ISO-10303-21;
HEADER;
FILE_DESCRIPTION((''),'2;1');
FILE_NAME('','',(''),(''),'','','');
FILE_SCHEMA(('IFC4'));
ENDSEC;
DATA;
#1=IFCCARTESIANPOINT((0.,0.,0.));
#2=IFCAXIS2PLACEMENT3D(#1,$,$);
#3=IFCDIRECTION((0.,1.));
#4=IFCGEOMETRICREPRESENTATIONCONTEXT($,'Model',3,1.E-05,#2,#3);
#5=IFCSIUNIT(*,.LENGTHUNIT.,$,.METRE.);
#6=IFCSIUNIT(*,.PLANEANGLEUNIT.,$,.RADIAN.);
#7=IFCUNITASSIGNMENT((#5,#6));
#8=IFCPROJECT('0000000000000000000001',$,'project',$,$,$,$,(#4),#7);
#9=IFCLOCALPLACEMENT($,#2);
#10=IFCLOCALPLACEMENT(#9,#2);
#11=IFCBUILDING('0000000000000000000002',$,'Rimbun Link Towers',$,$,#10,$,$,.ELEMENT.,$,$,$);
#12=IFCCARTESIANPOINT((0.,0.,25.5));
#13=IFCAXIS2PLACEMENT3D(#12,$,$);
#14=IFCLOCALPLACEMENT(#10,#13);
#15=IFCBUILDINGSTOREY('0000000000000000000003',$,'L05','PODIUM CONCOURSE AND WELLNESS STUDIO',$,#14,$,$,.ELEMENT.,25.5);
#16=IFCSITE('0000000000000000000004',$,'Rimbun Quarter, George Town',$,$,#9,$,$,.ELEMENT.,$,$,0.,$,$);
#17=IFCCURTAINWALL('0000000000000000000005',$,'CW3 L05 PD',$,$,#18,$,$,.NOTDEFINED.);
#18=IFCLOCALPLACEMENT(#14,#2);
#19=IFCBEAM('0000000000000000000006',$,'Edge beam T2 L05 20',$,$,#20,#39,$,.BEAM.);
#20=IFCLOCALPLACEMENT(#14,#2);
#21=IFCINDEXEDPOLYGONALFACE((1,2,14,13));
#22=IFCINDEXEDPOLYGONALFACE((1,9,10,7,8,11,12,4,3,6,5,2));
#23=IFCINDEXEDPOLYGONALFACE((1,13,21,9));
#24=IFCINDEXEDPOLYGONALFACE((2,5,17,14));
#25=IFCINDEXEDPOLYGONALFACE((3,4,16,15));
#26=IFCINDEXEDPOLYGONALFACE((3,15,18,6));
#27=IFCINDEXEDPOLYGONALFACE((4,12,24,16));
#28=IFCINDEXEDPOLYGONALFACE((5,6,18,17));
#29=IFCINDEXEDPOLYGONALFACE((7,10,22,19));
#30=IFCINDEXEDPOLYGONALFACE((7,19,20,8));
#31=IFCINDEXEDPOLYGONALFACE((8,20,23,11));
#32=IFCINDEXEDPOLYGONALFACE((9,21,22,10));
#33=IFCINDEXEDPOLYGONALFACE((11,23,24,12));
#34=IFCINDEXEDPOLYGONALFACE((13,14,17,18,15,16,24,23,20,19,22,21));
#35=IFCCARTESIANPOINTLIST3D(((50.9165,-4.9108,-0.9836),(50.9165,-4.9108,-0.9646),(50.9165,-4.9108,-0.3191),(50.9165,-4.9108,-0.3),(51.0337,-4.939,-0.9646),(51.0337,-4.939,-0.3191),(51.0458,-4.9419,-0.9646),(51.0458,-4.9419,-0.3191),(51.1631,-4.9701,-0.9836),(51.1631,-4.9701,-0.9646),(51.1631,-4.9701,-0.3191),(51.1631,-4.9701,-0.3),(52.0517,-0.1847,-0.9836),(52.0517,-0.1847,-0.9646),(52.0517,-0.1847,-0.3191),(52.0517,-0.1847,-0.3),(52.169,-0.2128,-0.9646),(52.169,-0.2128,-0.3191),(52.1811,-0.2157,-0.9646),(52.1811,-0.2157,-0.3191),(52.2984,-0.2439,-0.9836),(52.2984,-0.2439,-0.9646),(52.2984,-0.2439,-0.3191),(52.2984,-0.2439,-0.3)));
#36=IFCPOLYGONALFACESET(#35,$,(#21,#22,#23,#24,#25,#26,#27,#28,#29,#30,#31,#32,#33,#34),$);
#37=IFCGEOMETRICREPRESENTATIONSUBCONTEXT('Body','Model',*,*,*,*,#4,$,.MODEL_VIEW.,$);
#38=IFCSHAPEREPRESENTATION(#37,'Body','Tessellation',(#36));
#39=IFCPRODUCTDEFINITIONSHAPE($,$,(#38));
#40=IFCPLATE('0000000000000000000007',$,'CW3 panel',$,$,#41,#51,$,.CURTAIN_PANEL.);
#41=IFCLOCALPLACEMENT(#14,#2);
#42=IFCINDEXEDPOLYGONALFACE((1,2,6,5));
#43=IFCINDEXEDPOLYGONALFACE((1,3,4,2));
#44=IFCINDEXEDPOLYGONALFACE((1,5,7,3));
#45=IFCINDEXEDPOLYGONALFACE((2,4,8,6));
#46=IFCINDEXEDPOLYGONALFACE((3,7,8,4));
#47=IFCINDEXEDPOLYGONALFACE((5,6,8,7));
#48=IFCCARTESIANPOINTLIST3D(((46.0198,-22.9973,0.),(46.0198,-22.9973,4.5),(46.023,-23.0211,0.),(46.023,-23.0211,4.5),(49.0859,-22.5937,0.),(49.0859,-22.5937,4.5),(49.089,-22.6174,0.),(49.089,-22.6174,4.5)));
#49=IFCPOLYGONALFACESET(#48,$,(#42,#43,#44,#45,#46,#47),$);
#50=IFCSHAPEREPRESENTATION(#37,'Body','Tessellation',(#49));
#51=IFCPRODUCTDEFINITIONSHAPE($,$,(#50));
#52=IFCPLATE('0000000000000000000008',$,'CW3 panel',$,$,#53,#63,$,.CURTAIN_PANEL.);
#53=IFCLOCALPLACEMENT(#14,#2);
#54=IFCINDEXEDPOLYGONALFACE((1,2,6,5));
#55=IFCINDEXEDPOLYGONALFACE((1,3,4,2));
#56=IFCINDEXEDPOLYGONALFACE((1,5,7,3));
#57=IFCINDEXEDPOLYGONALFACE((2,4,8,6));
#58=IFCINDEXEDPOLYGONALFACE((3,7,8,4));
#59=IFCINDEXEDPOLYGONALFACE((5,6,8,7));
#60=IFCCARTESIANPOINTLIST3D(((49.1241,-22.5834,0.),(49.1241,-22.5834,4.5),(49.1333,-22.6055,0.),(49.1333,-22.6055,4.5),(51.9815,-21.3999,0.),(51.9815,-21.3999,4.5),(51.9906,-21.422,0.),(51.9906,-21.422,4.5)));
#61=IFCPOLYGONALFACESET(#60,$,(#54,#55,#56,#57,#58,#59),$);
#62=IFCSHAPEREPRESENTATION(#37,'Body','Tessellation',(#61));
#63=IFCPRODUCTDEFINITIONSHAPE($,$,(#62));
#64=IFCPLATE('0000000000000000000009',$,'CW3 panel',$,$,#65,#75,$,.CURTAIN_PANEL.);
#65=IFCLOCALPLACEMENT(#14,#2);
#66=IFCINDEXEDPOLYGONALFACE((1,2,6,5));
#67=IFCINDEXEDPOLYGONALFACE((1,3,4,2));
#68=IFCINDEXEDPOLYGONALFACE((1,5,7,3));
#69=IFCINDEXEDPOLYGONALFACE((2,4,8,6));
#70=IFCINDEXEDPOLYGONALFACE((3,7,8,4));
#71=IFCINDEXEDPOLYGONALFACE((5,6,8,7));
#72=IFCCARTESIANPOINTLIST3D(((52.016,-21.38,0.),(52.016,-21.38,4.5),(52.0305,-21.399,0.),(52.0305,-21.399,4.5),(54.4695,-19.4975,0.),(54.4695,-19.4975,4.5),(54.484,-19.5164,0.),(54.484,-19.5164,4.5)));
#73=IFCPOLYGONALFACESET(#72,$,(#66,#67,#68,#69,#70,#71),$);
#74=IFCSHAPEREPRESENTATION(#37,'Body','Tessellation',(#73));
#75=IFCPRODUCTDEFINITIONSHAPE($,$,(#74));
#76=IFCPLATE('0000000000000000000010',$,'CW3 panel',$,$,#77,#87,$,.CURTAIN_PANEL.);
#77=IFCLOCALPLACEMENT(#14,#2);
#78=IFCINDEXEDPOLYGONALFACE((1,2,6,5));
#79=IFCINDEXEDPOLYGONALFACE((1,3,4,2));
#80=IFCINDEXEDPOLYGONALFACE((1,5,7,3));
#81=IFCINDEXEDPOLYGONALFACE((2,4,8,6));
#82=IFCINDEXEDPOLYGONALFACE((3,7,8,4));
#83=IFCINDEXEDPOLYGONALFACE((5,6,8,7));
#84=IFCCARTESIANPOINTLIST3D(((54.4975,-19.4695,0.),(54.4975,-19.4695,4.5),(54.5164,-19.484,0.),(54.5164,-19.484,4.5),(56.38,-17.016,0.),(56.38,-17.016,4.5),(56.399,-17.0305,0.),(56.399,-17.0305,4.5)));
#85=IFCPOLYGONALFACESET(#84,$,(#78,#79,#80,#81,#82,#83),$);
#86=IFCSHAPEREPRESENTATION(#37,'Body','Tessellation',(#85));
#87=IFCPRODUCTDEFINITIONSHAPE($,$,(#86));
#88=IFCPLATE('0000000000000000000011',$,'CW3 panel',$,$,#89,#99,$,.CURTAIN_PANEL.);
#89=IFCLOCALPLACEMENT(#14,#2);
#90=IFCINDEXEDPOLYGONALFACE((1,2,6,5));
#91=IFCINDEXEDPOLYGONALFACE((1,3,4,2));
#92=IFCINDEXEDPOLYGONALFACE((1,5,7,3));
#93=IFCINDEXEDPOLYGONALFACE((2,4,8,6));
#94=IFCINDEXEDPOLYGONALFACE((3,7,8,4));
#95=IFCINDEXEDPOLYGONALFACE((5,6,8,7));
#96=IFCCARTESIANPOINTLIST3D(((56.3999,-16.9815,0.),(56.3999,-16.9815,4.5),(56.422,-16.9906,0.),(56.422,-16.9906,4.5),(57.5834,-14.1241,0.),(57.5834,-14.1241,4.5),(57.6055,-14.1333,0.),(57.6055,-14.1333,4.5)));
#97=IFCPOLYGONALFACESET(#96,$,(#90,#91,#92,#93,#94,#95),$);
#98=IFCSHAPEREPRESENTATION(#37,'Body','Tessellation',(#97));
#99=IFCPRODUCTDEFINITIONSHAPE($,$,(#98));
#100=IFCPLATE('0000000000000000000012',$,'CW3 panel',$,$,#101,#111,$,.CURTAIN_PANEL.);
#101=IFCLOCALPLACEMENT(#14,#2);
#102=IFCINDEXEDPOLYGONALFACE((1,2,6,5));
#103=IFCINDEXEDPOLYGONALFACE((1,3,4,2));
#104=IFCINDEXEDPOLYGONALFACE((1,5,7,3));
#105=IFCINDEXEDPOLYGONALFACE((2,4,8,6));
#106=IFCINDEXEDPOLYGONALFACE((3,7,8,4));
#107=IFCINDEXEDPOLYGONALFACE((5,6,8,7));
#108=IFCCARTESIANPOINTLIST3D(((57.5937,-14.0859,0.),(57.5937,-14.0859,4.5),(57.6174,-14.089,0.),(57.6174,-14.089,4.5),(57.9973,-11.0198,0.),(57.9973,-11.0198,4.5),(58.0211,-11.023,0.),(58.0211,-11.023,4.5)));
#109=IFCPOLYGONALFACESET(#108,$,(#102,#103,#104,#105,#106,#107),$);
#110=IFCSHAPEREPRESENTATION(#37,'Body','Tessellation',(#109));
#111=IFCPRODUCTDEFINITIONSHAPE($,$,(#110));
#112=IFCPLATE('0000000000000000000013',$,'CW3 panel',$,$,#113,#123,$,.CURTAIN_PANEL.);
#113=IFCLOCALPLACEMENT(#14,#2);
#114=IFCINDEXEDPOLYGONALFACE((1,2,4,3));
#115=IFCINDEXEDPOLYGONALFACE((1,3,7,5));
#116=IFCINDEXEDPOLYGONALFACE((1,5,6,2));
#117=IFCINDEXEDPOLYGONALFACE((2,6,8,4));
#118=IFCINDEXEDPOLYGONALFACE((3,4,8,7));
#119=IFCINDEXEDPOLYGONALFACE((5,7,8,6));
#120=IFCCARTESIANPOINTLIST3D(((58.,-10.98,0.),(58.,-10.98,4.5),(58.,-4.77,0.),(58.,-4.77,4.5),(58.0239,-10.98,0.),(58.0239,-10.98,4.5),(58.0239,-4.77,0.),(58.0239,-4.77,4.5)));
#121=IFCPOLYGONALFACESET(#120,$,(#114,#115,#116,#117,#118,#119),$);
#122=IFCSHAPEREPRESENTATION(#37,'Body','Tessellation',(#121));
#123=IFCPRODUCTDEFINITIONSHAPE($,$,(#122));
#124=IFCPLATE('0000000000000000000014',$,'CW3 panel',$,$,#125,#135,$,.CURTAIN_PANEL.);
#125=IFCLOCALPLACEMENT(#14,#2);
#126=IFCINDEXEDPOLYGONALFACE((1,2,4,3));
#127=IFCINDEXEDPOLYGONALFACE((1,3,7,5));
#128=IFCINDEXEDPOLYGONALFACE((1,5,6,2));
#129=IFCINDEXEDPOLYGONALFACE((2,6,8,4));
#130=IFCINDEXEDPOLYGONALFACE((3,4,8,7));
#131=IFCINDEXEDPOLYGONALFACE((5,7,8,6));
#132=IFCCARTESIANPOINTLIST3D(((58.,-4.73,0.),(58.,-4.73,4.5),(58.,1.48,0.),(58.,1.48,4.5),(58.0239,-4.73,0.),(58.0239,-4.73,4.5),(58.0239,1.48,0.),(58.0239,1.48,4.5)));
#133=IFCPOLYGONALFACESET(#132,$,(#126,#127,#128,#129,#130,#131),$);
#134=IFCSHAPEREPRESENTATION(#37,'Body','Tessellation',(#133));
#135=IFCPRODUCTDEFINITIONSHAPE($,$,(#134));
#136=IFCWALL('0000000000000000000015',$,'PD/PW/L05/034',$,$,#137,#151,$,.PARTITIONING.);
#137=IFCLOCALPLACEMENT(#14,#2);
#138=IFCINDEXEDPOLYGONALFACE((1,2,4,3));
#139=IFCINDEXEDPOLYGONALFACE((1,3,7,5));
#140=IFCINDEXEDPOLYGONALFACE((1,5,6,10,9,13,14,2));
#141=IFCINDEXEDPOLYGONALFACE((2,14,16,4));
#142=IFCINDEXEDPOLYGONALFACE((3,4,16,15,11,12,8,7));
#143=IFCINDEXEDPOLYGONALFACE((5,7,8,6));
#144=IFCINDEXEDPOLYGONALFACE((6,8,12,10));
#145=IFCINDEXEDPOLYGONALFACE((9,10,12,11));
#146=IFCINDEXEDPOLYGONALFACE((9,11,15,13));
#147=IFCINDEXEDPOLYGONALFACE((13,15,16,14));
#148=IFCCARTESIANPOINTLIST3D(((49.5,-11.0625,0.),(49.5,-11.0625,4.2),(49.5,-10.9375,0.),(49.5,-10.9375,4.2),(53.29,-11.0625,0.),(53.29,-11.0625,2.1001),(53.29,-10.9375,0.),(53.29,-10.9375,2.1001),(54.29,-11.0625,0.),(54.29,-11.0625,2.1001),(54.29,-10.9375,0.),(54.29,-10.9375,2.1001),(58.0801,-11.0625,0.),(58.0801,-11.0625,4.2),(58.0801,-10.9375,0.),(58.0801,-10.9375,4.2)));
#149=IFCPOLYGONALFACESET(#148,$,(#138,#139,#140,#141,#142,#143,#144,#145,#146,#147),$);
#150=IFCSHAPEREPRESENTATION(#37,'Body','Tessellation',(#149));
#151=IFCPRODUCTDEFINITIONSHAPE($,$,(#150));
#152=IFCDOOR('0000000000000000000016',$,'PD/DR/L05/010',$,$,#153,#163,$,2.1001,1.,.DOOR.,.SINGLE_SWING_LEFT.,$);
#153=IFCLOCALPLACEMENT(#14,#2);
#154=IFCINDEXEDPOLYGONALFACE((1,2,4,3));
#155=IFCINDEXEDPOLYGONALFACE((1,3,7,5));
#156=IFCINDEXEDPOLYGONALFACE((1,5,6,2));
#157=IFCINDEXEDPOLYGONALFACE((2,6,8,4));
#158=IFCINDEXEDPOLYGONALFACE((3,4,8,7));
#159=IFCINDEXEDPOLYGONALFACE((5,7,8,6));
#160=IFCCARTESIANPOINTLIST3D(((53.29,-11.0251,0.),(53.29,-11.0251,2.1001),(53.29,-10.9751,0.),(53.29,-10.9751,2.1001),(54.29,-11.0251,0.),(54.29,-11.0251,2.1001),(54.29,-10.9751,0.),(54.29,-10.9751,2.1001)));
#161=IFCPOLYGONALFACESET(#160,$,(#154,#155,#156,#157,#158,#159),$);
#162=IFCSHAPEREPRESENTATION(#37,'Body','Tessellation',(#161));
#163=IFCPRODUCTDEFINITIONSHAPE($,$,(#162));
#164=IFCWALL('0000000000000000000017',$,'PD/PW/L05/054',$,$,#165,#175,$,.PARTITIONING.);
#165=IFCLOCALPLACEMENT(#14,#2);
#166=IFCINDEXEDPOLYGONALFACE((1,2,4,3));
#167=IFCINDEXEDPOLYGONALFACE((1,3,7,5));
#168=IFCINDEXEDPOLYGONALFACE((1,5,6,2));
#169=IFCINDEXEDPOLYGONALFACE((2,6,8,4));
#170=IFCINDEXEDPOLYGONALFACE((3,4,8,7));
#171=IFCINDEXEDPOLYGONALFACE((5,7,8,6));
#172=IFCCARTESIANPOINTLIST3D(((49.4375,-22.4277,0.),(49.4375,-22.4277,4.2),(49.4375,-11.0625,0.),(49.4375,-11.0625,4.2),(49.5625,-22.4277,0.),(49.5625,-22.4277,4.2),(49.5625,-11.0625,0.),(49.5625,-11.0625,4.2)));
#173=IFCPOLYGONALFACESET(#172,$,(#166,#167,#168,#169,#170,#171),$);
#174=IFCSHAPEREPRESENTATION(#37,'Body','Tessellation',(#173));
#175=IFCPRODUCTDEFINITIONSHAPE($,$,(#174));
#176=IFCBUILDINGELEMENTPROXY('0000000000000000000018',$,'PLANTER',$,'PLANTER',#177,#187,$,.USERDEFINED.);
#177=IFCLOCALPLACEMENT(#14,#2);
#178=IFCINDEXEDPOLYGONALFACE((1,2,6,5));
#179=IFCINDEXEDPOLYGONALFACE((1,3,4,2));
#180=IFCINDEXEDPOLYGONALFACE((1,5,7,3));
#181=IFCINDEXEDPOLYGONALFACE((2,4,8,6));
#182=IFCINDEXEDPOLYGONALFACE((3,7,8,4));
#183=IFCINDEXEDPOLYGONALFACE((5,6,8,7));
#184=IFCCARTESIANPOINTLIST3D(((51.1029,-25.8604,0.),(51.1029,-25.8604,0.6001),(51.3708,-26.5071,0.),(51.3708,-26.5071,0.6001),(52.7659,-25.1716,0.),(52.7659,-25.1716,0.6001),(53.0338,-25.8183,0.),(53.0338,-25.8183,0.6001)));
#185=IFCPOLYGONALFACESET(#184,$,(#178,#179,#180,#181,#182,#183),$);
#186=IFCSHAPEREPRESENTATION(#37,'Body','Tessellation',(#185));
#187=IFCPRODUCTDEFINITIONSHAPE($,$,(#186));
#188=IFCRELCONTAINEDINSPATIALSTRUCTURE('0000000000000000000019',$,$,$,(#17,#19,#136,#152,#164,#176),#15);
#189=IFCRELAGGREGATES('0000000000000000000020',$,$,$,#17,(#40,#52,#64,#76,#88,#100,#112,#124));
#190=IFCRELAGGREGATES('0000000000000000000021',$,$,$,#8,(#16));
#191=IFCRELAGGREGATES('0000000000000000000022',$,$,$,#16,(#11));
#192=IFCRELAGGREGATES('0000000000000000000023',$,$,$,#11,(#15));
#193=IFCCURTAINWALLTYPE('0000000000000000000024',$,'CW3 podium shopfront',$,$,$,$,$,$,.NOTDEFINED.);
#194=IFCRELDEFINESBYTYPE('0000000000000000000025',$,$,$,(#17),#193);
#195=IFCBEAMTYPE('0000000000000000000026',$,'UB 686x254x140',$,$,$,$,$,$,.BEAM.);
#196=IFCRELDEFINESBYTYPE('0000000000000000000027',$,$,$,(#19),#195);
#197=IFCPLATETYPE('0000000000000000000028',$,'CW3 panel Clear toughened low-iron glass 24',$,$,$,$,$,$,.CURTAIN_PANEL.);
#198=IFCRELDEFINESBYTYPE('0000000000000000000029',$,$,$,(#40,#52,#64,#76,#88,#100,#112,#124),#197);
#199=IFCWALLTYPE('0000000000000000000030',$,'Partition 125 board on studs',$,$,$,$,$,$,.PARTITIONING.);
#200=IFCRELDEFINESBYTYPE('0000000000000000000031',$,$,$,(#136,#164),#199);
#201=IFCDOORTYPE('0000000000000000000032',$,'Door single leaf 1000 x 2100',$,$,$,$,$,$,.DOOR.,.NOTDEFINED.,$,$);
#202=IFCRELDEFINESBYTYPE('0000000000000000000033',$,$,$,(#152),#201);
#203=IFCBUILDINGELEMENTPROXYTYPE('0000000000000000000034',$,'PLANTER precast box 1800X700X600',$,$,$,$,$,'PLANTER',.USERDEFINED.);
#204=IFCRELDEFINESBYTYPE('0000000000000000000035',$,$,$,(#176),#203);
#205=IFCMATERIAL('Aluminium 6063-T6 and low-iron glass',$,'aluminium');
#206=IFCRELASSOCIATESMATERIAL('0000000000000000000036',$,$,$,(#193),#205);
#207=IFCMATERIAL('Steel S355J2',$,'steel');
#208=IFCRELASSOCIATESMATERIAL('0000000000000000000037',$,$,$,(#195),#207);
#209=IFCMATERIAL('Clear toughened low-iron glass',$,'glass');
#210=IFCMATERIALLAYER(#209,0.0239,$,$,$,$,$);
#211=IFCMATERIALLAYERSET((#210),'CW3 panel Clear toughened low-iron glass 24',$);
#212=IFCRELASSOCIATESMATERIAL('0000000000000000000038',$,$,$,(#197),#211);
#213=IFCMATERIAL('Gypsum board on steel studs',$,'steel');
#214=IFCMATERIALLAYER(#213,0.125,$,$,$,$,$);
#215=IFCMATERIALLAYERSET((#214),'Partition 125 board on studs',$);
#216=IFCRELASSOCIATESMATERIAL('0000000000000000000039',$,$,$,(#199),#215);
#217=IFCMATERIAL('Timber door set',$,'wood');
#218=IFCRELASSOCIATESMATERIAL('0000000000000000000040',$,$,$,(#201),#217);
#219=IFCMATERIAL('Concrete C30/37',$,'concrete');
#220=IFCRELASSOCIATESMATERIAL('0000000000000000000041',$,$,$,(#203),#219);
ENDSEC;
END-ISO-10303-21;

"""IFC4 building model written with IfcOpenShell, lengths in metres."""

from ifc_helpers import new_model, si_unit, direction, frame, frame_2d, origin, origin_2d, place, context, subcontext, project, spatial, rectangle, i_section, extrude, material, layer, layer_set, material_profile, profile_set, type_object, element, fill, aggregate, save


model = new_model("IFC4")

# Units and contexts
model_context = context("Model", 3, precision=1e-05, world=origin(), true_north=direction((0.0, 1.0)))
body_context = subcontext(model_context, "Body", "Model", "MODEL_VIEW")
ifc_project = project(units=[si_unit("LENGTHUNIT", "METRE"), si_unit("PLANEANGLEUNIT", "RADIAN")], contexts=[model_context])

# Site, building, storey
site_placement = place(None, origin())
site = spatial("IfcSite", under=ifc_project, at=site_placement, Name="Rimbun Quarter, George Town", CompositionType="ELEMENT", RefElevation=0.0)
building_placement = place(site_placement, origin())
building = spatial("IfcBuilding", under=site, at=building_placement, Name="Rimbun Link Towers", CompositionType="ELEMENT")
storey_placement = place(building_placement, frame((0.0, 0.0, 25.5)))
storey = spatial("IfcBuildingStorey", under=building, at=storey_placement, Name="L05", Description="PODIUM CONCOURSE AND WELLNESS STUDIO", CompositionType="ELEMENT", Elevation=25.5)

# Curtain wall
ifc_material_1 = material(Name="Aluminium 6063-T6 and low-iron glass", Category="aluminium")
curtain_wall_type = type_object("IfcCurtainWallType", Name="CW3 podium shopfront", PredefinedType="NOTDEFINED", material=ifc_material_1)
curtain_wall_placement = place(storey_placement, origin())
curtain_wall = element("IfcCurtainWall", 1, at=curtain_wall_placement, inside=storey, type_object=curtain_wall_type, Name="CW3 L05 PD", PredefinedType="NOTDEFINED")

# Beam
ifc_material_2 = material(Name="Steel S355J2", Category="steel")
ifc_material_profile_1 = material_profile(ifc_material_2, i_section(OverallWidth=0.2537, OverallDepth=0.6836, WebThickness=0.0125, FlangeThickness=0.019, at=origin_2d()), Name="UB 686x254x140")
ifc_profile_set_1 = profile_set([ifc_material_profile_1], Name="Steel S355J2")
beam_type_1 = type_object("IfcBeamType", Name="UB 686x254x140", PredefinedType="BEAM", material=ifc_profile_set_1)
beam_1_placement = place(storey_placement, frame((51.0398, -4.9404, -0.6418), z_axis=(0.233567, 0.972341, 0.0), x_axis=(-0.972341, 0.233567, 0.0)))
element("IfcBeam", 2, at=beam_1_placement, inside=storey, type_object=beam_type_1, Name="Edge beam T2 L05 20", PredefinedType="BEAM", context=body_context, shape_type="SweptSolid", body=[
    extrude(i_section(OverallWidth=0.2537, OverallDepth=0.6836, WebThickness=0.0125, FlangeThickness=0.019, at=origin_2d()), origin(), (0.0, 0.0, 1.0), 4.8606),
])

# Plates
ifc_material_3 = material(Name="Clear toughened low-iron glass", Category="glass")
ifc_layer_1 = layer(ifc_material_3, 0.0239)
ifc_layer_set_1 = layer_set([ifc_layer_1], Name="CW3 panel Clear toughened low-iron glass 24")
plate_type = type_object("IfcPlateType", Name="CW3 panel Clear toughened low-iron glass 24", PredefinedType="CURTAIN_PANEL", material=ifc_layer_set_1)
plate_1_placement = place(storey_placement, frame((47.5544, -22.8074, 0.0), z_axis=(0.0, 0.0, 1.0), x_axis=(-0.991444, -0.13053, 0.0)))
plate_1 = element("IfcPlate", 3, at=plate_1_placement, type_object=plate_type, Name="CW3 panel", PredefinedType="CURTAIN_PANEL", context=body_context, shape_type="SweptSolid", body=[
    extrude(rectangle(XDim=3.0925, YDim=0.0239, at=origin_2d()), origin(), (0.0, 0.0, 1.0), 4.5),
])
plate_2_placement = place(storey_placement, frame((50.5574, -22.0027, 0.0), z_axis=(0.0, 0.0, 1.0), x_axis=(-0.923881, -0.382679, 0.0)))
plate_2 = element("IfcPlate", 4, at=plate_2_placement, type_object=plate_type, Name="CW3 panel", PredefinedType="CURTAIN_PANEL", context=body_context, shape_type="SweptSolid", body=[
    extrude(rectangle(XDim=3.0928, YDim=0.0239, at=origin_2d()), origin(), (0.0, 0.0, 1.0), 4.5),
])
plate_3_placement = place(storey_placement, frame((53.25, -20.4482, 0.0), z_axis=(0.0, 0.0, 1.0), x_axis=(-0.793359, -0.608754, 0.0)))
plate_3 = element("IfcPlate", 5, at=plate_3_placement, type_object=plate_type, Name="CW3 panel", PredefinedType="CURTAIN_PANEL", context=body_context, shape_type="SweptSolid", body=[
    extrude(rectangle(XDim=3.0925, YDim=0.0239, at=origin_2d()), origin(), (0.0, 0.0, 1.0), 4.5),
])
plate_4_placement = place(storey_placement, frame((55.4482, -18.25, 0.0), z_axis=(0.0, 0.0, 1.0), x_axis=(-0.608754, -0.793359, 0.0)))
plate_4 = element("IfcPlate", 6, at=plate_4_placement, type_object=plate_type, Name="CW3 panel", PredefinedType="CURTAIN_PANEL", context=body_context, shape_type="SweptSolid", body=[
    extrude(rectangle(XDim=3.0925, YDim=0.0239, at=origin_2d()), origin(), (0.0, 0.0, 1.0), 4.5),
])
plate_5_placement = place(storey_placement, frame((57.0027, -15.5574, 0.0), z_axis=(0.0, 0.0, 1.0), x_axis=(-0.382679, -0.923881, 0.0)))
plate_5 = element("IfcPlate", 7, at=plate_5_placement, type_object=plate_type, Name="CW3 panel", PredefinedType="CURTAIN_PANEL", context=body_context, shape_type="SweptSolid", body=[
    extrude(rectangle(XDim=3.0928, YDim=0.0239, at=origin_2d()), origin(), (0.0, 0.0, 1.0), 4.5),
])
plate_6_placement = place(storey_placement, frame((57.8074, -12.5544, 0.0), z_axis=(0.0, 0.0, 1.0), x_axis=(-0.13053, -0.991444, 0.0)))
plate_6 = element("IfcPlate", 8, at=plate_6_placement, type_object=plate_type, Name="CW3 panel", PredefinedType="CURTAIN_PANEL", context=body_context, shape_type="SweptSolid", body=[
    extrude(rectangle(XDim=3.0925, YDim=0.0239, at=origin_2d()), origin(), (0.0, 0.0, 1.0), 4.5),
])
plate_7_placement = place(storey_placement, frame((58.012, -7.875, 0.0), z_axis=(0.0, 0.0, 1.0), x_axis=(0.0, -1.0, 0.0)))
plate_7 = element("IfcPlate", 9, at=plate_7_placement, type_object=plate_type, Name="CW3 panel", PredefinedType="CURTAIN_PANEL", context=body_context, shape_type="SweptSolid", body=[
    extrude(rectangle(XDim=6.21, YDim=0.0239, at=origin_2d()), origin(), (0.0, 0.0, 1.0), 4.5),
])
plate_8_placement = place(storey_placement, frame((58.012, -1.625, 0.0), z_axis=(0.0, 0.0, 1.0), x_axis=(0.0, -1.0, 0.0)))
plate_8 = element("IfcPlate", 10, at=plate_8_placement, type_object=plate_type, Name="CW3 panel", PredefinedType="CURTAIN_PANEL", context=body_context, shape_type="SweptSolid", body=[
    extrude(rectangle(XDim=6.21, YDim=0.0239, at=origin_2d()), origin(), (0.0, 0.0, 1.0), 4.5),
])
aggregate(curtain_wall, [plate_1, plate_2, plate_3, plate_4, plate_5, plate_6, plate_7, plate_8])

# Wall, opening, door
ifc_material_4 = material(Name="Gypsum board on steel studs", Category="steel")
ifc_layer_2 = layer(ifc_material_4, 0.125)
ifc_layer_set_2 = layer_set([ifc_layer_2], Name="Partition 125 board on studs")
wall_type = type_object("IfcWallType", Name="Partition 125 board on studs", PredefinedType="PARTITIONING", material=ifc_layer_set_2)
wall_1_placement = place(storey_placement, frame((49.5, -11.0, 0.0), z_axis=(0.0, 0.0, 1.0), x_axis=(1.0, 0.0, 0.0)))
wall_1 = element("IfcWall", 11, at=wall_1_placement, inside=storey, type_object=wall_type, Name="PD/PW/L05/034", PredefinedType="PARTITIONING", context=body_context, shape_type="SweptSolid", body=[
    extrude(rectangle(XDim=8.5801, YDim=0.125, at=frame_2d((4.29, 0.0))), origin(), (0.0, 0.0, 1.0), 4.2),
])
opening_placement = place(wall_1_placement, frame((3.79, 0.0, 0.0)))
opening = element("IfcOpeningElement", 12, at=opening_placement, cuts=wall_1, PredefinedType="OPENING", context=body_context, shape_type="SweptSolid", body=[
    extrude(rectangle(XDim=1.0, YDim=2.1001, at=frame_2d((0.5, 1.05))), frame((0.0, 0.0725, 0.0), z_axis=(0.0, -1.0, 0.0), x_axis=(1.0, 0.0, 0.0)), (0.0, 0.0, 1.0), 0.145),
])
ifc_material_5 = material(Name="Timber door set", Category="wood")
door_type = type_object("IfcDoorType", Name="Door single leaf 1000 x 2100", OperationType="NOTDEFINED", PredefinedType="DOOR", material=ifc_material_5)
door_placement = place(opening_placement, origin())
door = element("IfcDoor", 13, at=door_placement, inside=storey, type_object=door_type, Name="PD/DR/L05/010", OperationType="SINGLE_SWING_LEFT", OverallHeight=2.1001, OverallWidth=1.0, PredefinedType="DOOR", context=body_context, shape_type="SweptSolid", body=[
    extrude(rectangle(XDim=1.0, YDim=2.1001, at=frame_2d((0.5, 1.05))), frame((0.0, 0.0249, 0.0), z_axis=(0.0, -1.0, 0.0), x_axis=(1.0, 0.0, 0.0)), (0.0, 0.0, 1.0), 0.05),
])
fill(opening, door)

# Wall
wall_2_placement = place(storey_placement, frame((49.5, -22.4277, 0.0), z_axis=(0.0, 0.0, 1.0), x_axis=(0.0, 1.0, 0.0)))
element("IfcWall", 14, at=wall_2_placement, inside=storey, type_object=wall_type, Name="PD/PW/L05/054", PredefinedType="PARTITIONING", context=body_context, shape_type="SweptSolid", body=[
    extrude(rectangle(XDim=11.3652, YDim=0.125, at=frame_2d((5.6826, 0.0))), origin(), (0.0, 0.0, 1.0), 4.2),
])

# Building element proxy
ifc_material_6 = material(Name="Concrete C30/37", Category="concrete")
building_element_proxy_type = type_object("IfcBuildingElementProxyType", Name="PLANTER precast box 1800X700X600", ElementType="PLANTER", PredefinedType="USERDEFINED", material=ifc_material_6)
for number, where, z_axis, x_axis, name in (
    (15, (52.0684, -25.8394, 0.0), (0.0, 0.0, 1.0), (0.923881, 0.382679, 0.0), "PLANTER"),
):
    element("IfcBuildingElementProxy", number, at=place(storey_placement, frame(where, z_axis=z_axis, x_axis=x_axis)), inside=storey, type_object=building_element_proxy_type, Name=name, ObjectType="PLANTER", PredefinedType="USERDEFINED", context=body_context, shape_type="SweptSolid", body=[
        extrude(rectangle(XDim=1.8, YDim=0.7, at=origin_2d()), origin(), (0.0, 0.0, 1.0), 0.6001),
    ])

save(model, "model.ifc")
